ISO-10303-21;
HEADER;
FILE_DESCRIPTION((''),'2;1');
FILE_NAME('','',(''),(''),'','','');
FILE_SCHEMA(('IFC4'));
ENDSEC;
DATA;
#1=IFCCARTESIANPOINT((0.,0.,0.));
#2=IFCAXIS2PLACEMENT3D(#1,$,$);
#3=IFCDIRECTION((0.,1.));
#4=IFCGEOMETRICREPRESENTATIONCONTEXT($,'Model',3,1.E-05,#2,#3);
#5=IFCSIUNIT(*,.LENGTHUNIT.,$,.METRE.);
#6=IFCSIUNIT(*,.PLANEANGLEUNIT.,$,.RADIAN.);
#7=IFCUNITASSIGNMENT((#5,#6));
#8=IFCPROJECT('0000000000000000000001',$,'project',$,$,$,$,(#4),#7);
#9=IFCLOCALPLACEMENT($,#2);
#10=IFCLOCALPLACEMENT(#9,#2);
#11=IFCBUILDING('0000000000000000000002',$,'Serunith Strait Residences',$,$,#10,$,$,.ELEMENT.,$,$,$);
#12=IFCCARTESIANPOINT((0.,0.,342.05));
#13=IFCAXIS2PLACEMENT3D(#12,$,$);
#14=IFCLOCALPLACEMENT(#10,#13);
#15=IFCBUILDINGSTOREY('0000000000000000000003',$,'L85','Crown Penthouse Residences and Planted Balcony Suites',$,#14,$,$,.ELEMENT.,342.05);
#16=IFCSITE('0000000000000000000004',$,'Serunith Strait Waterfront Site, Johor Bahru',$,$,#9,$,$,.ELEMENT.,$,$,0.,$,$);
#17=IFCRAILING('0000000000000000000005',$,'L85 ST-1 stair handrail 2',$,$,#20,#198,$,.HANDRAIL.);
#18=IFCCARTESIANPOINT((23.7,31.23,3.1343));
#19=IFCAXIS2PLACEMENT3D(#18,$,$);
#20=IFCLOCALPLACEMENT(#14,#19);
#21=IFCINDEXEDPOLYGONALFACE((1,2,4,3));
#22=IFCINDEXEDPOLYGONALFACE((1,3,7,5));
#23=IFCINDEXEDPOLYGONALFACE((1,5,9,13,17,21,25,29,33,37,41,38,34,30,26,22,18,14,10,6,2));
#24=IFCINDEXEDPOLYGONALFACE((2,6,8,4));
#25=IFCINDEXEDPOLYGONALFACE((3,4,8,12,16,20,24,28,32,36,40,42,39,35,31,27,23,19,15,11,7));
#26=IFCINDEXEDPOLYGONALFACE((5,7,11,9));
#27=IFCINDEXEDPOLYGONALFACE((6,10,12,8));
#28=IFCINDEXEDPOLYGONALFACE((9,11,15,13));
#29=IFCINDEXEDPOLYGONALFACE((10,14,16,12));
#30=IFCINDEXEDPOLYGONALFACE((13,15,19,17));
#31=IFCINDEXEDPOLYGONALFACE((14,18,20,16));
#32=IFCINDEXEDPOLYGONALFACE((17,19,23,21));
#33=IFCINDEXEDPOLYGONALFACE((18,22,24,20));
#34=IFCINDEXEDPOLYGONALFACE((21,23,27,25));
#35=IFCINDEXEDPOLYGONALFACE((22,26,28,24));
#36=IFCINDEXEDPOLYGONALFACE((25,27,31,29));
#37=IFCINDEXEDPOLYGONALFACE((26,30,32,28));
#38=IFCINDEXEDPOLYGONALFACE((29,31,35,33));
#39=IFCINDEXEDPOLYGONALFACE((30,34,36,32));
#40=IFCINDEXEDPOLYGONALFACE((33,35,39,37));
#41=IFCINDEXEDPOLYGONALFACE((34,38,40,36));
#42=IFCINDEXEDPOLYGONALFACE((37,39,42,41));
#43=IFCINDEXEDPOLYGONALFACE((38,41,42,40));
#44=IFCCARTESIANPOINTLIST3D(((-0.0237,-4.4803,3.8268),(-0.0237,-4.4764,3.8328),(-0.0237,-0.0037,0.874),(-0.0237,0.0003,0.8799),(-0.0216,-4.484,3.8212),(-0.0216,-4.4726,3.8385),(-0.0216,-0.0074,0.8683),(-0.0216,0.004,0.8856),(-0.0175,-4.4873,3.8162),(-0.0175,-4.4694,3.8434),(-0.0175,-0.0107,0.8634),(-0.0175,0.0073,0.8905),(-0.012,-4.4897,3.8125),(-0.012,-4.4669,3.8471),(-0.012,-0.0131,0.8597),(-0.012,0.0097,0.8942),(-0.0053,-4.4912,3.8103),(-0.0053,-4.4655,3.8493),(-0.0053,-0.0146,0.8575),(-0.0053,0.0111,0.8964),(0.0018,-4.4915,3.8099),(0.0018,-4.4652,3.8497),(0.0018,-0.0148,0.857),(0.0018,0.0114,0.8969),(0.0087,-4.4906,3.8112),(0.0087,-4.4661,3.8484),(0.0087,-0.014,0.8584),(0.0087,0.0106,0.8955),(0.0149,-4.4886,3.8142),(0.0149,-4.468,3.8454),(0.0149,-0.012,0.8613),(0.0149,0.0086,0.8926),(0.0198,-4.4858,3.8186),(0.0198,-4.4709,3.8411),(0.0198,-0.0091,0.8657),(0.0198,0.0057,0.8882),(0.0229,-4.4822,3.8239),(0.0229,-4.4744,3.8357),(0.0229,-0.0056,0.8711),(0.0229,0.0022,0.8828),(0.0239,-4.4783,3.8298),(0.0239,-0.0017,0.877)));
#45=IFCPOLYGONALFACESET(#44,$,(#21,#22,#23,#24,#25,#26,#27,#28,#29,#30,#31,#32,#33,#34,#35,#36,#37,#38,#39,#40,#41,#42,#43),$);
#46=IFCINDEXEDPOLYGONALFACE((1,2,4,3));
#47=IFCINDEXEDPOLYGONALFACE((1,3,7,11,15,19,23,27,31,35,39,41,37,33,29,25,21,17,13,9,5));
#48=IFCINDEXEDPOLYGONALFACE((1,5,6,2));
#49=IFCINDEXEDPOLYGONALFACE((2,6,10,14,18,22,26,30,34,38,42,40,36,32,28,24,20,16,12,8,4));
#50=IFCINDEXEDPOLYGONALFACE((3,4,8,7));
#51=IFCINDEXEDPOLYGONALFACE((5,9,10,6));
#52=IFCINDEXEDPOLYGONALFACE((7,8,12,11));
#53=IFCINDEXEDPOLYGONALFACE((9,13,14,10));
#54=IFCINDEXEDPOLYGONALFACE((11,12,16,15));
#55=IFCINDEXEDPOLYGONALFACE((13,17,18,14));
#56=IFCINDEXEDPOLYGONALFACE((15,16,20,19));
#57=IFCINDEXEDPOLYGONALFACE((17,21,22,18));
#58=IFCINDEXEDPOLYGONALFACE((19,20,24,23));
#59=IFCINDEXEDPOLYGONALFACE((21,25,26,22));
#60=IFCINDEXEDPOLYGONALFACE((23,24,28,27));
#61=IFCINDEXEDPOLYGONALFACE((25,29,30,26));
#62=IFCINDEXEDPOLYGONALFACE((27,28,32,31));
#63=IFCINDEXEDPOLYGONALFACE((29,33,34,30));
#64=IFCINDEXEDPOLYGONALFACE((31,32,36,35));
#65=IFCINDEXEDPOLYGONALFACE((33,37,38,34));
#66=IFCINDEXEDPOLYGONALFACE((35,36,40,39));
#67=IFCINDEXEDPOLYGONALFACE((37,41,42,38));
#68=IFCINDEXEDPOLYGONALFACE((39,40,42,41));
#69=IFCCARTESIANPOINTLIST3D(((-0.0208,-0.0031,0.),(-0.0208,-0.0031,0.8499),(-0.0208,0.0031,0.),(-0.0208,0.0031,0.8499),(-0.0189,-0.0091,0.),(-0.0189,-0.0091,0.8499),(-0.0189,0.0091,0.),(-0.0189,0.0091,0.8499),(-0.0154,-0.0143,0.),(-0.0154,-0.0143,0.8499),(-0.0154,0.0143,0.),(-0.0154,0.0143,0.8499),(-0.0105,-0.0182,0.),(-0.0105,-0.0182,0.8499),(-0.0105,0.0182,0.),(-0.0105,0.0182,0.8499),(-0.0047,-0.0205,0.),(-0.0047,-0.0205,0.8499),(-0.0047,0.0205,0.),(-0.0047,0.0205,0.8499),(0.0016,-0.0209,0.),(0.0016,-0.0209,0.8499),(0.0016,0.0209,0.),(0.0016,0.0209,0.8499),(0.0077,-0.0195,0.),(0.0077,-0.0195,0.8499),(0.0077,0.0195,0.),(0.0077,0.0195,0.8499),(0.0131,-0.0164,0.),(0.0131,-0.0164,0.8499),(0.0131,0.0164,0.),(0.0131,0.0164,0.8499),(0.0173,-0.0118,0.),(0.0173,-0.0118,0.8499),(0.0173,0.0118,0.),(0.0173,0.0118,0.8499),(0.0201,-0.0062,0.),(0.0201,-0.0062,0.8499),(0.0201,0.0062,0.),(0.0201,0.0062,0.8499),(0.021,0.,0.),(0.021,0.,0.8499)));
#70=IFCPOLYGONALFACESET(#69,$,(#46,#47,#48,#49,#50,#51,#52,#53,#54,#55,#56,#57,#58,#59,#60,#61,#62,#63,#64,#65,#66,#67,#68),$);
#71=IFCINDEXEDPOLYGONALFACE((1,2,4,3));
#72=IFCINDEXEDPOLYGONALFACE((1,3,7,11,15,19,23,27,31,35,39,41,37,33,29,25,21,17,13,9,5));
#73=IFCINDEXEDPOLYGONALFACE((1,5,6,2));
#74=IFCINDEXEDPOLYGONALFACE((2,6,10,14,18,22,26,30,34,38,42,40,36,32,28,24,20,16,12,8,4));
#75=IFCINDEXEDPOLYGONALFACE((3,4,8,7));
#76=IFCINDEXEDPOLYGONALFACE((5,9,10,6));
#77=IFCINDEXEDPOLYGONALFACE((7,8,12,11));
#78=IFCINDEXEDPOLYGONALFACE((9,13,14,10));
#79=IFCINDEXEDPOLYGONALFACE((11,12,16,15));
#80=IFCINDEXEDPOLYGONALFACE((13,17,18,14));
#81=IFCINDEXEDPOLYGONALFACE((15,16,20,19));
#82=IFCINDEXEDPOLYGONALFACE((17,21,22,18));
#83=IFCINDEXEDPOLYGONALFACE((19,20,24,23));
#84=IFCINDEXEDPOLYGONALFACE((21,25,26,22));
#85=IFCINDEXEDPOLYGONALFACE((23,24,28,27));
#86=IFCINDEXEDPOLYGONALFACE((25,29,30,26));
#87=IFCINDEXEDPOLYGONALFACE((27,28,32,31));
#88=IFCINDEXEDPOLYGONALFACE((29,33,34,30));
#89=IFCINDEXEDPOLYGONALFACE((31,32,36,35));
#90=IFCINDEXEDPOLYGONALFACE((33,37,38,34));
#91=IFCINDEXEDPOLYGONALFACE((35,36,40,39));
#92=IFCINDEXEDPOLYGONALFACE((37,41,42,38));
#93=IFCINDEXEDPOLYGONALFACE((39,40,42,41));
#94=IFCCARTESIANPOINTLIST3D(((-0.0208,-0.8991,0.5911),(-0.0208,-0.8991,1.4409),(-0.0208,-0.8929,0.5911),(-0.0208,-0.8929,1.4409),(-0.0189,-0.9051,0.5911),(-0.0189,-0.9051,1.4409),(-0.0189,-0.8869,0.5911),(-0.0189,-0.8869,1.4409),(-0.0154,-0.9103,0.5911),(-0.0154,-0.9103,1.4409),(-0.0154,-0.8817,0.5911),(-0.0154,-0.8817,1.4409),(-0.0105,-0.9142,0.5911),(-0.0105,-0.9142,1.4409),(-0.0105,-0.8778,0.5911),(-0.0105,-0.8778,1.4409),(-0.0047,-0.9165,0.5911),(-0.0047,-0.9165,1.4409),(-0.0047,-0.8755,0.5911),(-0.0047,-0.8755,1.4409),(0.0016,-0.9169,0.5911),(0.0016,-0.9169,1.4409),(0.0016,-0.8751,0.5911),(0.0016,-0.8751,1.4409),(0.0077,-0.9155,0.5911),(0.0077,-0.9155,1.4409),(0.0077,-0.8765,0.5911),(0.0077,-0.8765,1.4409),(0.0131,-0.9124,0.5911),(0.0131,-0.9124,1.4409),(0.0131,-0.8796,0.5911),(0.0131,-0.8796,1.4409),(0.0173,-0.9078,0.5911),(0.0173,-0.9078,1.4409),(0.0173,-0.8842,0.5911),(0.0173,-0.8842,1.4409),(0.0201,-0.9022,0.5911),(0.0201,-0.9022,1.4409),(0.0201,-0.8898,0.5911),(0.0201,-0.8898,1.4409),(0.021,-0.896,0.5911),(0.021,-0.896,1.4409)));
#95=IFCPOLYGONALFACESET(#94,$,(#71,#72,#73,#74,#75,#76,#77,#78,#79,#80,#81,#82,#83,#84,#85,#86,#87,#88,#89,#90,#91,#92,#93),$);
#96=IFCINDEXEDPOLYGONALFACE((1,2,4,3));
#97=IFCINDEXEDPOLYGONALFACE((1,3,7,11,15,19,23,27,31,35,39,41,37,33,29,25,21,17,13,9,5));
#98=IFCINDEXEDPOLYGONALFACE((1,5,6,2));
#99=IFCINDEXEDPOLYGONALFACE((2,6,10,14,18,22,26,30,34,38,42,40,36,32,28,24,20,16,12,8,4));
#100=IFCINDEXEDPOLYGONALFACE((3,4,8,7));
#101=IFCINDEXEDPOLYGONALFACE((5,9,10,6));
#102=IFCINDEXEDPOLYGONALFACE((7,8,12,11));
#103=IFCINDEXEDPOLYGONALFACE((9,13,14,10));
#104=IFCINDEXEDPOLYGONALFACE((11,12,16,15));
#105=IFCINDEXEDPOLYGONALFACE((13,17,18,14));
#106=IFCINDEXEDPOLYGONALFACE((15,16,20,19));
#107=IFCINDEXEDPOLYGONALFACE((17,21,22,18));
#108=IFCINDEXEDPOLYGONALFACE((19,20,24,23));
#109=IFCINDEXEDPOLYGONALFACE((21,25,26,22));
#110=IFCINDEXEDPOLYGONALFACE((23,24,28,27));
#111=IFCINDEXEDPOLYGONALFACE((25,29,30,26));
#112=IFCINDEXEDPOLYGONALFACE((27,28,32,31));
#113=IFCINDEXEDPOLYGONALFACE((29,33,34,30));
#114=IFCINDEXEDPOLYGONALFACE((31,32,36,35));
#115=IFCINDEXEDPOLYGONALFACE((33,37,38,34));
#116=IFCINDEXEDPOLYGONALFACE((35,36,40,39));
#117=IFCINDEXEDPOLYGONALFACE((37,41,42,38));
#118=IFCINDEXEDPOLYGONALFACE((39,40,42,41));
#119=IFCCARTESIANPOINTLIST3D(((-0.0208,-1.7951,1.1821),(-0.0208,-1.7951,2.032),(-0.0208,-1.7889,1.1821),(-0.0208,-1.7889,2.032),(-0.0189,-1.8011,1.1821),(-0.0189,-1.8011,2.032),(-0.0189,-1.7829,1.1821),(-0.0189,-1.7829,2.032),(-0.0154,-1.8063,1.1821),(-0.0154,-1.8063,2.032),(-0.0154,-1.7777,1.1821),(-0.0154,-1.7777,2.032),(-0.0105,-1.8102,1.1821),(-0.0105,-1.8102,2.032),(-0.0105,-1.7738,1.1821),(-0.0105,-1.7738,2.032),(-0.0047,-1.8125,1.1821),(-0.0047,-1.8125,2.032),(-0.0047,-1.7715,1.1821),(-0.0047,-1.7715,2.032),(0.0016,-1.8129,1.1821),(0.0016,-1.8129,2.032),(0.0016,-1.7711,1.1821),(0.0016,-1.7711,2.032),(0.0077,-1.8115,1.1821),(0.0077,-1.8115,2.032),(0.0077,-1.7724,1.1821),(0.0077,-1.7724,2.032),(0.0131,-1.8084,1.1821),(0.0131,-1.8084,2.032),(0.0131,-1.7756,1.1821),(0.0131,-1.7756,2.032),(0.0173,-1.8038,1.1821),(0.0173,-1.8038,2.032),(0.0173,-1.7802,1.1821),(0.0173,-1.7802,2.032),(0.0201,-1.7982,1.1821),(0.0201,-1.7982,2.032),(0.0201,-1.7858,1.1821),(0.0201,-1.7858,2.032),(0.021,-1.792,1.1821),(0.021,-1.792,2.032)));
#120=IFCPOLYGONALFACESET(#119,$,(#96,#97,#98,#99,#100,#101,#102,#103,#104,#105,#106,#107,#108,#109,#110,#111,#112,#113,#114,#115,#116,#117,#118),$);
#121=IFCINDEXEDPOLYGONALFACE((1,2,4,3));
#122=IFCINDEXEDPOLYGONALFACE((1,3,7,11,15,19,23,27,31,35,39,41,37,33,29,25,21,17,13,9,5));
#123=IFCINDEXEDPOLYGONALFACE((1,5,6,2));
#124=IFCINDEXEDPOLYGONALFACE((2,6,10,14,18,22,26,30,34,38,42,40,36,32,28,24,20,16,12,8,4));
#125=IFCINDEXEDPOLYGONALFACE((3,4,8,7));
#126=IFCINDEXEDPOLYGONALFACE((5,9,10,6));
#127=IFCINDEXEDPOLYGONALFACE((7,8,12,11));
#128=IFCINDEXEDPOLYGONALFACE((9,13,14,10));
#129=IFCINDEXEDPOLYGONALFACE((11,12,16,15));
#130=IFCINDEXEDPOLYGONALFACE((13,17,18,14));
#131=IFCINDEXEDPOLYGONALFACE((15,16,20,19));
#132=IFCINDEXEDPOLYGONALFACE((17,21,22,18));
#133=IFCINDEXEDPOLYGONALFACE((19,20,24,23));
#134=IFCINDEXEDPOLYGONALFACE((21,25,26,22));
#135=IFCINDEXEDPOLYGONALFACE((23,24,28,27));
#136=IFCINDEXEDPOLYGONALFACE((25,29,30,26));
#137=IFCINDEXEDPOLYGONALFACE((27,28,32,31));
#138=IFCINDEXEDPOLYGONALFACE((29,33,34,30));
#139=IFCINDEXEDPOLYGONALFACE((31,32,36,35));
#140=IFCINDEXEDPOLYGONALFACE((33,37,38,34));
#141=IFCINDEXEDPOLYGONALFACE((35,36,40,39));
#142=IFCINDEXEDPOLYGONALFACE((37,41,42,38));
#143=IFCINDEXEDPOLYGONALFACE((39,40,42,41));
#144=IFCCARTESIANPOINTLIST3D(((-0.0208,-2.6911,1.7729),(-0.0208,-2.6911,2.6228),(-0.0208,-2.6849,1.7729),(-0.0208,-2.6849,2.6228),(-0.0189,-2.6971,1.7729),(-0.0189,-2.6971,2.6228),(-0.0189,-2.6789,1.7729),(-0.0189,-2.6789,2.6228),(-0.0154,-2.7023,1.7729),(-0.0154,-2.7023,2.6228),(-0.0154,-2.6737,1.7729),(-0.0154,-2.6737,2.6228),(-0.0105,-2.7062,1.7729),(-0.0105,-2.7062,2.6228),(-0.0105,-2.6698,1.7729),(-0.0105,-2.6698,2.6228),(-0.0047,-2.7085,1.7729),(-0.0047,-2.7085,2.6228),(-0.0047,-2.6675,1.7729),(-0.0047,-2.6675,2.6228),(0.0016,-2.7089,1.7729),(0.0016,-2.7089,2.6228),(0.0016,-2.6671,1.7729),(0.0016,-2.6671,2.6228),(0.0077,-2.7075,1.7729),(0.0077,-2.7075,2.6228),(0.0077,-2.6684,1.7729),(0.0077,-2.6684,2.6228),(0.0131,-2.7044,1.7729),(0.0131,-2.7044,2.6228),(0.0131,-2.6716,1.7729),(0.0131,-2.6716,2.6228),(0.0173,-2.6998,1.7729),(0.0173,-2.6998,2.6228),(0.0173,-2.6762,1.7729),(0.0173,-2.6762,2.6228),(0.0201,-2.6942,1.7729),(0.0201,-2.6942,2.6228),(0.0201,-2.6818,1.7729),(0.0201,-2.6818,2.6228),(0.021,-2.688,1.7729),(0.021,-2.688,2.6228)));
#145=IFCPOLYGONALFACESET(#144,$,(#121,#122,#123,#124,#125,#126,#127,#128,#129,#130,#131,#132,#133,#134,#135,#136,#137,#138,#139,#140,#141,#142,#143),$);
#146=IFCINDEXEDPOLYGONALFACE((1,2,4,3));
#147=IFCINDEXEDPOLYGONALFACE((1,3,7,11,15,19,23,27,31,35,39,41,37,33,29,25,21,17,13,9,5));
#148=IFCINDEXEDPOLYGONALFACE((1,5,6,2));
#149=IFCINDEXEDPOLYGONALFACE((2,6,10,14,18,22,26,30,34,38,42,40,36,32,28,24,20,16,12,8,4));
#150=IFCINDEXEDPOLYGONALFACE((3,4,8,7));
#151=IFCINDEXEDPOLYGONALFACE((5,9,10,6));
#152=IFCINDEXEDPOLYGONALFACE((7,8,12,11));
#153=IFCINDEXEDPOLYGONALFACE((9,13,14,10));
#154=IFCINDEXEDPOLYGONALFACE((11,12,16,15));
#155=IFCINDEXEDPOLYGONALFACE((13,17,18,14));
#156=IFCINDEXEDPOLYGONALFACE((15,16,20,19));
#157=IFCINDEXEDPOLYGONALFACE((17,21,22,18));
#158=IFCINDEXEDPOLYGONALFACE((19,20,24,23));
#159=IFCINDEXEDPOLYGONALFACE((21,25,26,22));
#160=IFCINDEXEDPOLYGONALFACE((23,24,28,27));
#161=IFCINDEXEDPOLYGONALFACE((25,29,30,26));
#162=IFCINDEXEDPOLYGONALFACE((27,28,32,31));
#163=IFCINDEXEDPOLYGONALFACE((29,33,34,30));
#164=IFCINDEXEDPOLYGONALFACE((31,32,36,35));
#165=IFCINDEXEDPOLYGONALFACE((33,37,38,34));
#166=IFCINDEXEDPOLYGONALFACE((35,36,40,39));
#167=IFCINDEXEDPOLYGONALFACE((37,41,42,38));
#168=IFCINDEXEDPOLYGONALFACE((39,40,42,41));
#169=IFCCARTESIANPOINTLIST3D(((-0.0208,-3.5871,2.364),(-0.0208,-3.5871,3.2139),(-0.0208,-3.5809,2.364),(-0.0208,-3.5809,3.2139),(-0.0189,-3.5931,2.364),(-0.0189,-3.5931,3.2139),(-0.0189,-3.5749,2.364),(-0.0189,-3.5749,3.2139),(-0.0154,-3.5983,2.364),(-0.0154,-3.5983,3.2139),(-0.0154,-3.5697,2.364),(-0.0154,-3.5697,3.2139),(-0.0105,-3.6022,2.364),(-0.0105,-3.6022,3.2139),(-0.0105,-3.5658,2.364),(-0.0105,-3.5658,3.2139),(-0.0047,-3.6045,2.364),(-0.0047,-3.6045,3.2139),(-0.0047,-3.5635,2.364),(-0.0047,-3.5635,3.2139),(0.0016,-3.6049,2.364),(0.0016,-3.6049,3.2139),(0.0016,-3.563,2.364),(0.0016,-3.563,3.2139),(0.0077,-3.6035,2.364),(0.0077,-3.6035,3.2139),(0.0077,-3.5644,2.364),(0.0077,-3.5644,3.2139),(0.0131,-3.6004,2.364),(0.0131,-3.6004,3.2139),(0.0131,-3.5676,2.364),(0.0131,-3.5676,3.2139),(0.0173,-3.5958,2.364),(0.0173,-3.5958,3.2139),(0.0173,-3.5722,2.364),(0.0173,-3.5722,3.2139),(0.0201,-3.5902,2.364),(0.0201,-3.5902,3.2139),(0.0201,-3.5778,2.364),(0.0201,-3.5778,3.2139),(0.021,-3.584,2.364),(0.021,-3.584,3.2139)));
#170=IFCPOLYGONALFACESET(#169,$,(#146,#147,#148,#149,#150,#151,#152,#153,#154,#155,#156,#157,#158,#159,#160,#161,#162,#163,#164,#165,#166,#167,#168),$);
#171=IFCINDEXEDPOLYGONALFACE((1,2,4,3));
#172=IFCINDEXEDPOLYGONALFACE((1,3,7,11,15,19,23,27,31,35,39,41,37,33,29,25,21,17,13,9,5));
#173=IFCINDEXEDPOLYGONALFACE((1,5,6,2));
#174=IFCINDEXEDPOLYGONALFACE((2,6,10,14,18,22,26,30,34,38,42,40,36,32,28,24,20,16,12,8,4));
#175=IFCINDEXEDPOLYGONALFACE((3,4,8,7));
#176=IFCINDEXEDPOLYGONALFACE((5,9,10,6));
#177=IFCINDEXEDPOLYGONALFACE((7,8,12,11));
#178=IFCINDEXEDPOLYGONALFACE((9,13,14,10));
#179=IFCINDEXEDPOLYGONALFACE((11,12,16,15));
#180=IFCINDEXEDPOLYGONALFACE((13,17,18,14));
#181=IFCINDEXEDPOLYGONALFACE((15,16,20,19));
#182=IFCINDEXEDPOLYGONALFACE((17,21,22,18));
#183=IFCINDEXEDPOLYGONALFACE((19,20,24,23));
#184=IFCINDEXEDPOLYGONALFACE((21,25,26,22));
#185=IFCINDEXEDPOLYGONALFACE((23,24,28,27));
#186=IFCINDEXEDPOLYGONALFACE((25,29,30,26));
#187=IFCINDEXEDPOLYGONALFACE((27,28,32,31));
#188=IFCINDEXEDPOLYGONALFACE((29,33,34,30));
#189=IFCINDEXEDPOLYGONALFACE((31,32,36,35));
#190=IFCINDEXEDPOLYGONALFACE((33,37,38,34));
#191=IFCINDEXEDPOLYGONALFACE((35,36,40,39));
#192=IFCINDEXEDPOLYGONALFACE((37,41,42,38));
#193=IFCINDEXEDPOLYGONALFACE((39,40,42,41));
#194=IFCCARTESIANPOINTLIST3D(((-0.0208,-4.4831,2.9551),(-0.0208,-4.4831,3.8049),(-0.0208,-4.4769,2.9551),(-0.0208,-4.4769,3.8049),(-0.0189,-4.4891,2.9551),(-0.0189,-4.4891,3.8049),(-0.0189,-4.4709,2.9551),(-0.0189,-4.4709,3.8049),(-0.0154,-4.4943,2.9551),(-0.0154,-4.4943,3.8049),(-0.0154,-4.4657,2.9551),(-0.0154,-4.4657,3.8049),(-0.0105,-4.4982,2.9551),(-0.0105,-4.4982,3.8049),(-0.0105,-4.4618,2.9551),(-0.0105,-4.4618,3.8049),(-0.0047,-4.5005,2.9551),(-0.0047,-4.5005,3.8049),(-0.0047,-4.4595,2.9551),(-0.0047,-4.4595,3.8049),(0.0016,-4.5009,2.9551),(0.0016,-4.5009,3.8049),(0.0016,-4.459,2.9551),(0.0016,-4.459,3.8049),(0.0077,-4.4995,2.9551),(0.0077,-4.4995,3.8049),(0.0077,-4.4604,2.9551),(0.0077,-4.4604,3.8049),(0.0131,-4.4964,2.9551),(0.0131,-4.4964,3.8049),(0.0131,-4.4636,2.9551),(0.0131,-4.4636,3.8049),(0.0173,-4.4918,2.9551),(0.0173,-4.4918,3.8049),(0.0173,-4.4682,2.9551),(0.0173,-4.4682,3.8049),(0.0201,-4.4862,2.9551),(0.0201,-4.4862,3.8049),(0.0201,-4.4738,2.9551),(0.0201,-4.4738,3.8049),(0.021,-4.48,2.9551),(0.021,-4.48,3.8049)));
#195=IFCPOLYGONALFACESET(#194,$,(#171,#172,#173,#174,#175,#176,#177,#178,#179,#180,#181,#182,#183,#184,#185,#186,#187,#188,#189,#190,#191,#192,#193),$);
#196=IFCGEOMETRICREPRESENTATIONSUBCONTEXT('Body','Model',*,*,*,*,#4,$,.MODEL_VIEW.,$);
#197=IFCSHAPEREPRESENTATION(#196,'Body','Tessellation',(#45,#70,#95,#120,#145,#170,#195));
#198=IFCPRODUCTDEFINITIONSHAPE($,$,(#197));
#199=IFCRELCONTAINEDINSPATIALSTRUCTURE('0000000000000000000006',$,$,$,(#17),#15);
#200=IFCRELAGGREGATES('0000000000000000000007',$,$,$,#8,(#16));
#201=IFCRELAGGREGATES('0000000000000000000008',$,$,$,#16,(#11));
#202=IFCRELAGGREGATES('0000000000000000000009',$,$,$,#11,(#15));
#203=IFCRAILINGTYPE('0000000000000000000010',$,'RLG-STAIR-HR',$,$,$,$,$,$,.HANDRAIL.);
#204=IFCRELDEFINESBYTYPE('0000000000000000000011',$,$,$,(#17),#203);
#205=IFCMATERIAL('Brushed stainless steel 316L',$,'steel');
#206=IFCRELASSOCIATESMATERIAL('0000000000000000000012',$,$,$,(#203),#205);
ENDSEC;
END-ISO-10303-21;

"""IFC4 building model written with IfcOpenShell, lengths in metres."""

from ifc_helpers import new_model, si_unit, direction, frame, origin, origin_2d, place, context, subcontext, project, spatial, circle, extrude, material, type_object, element, save


model = new_model("IFC4")

# Units and contexts
model_context = context("Model", 3, precision=1e-05, world=origin(), true_north=direction((0.0, 1.0)))
body_context = subcontext(model_context, "Body", "Model", "MODEL_VIEW")
ifc_project = project(units=[si_unit("LENGTHUNIT", "METRE"), si_unit("PLANEANGLEUNIT", "RADIAN")], contexts=[model_context])

# Site, building, storey
site_placement = place(None, origin())
site = spatial("IfcSite", under=ifc_project, at=site_placement, Name="Serunith Strait Waterfront Site, Johor Bahru", CompositionType="ELEMENT", RefElevation=0.0)
building_placement = place(site_placement, origin())
building = spatial("IfcBuilding", under=site, at=building_placement, Name="Serunith Strait Residences", CompositionType="ELEMENT")
storey_placement = place(building_placement, frame((0.0, 0.0, 342.05)))
storey = spatial("IfcBuildingStorey", under=building, at=storey_placement, Name="L85", Description="Crown Penthouse Residences and Planted Balcony Suites", CompositionType="ELEMENT", Elevation=342.05)

# Railing
ifc_material_1 = material(Name="Brushed stainless steel 316L", Category="steel")
railing_type_1 = type_object("IfcRailingType", Name="RLG-STAIR-HR", PredefinedType="HANDRAIL", material=ifc_material_1)
railing_1_placement = place(storey_placement, frame((23.7, 31.23, 3.1343)))
element("IfcRailing", 1, at=railing_1_placement, inside=storey, type_object=railing_type_1, Name="L85 ST-1 stair handrail 2", PredefinedType="HANDRAIL", context=body_context, shape_type="SweptSolid", body=[
    extrude(circle(Radius=0.0239, at=origin_2d()), frame((0.0, -0.0017, 0.877), z_axis=(0.0, -0.834756, 0.55062), x_axis=(1.0, 0.0, 0.0)), (0.0, 0.0, 1.0), 5.3628),
    extrude(circle(Radius=0.021, at=origin_2d()), origin(), (0.0, 0.0, 1.0), 0.8499),
    extrude(circle(Radius=0.021, at=origin_2d()), frame((0.0, -0.896, 0.5911)), (0.0, 0.0, 1.0), 0.8499),
    extrude(circle(Radius=0.021, at=origin_2d()), frame((0.0, -1.792, 1.1821)), (0.0, 0.0, 1.0), 0.8499),
    extrude(circle(Radius=0.021, at=origin_2d()), frame((0.0, -2.688, 1.7729)), (0.0, 0.0, 1.0), 0.8499),
    extrude(circle(Radius=0.021, at=origin_2d()), frame((0.0, -3.584, 2.364)), (0.0, 0.0, 1.0), 0.8499),
    extrude(circle(Radius=0.021, at=origin_2d()), frame((0.0, -4.48, 2.9551)), (0.0, 0.0, 1.0), 0.8499),
])

save(model, "model.ifc")
